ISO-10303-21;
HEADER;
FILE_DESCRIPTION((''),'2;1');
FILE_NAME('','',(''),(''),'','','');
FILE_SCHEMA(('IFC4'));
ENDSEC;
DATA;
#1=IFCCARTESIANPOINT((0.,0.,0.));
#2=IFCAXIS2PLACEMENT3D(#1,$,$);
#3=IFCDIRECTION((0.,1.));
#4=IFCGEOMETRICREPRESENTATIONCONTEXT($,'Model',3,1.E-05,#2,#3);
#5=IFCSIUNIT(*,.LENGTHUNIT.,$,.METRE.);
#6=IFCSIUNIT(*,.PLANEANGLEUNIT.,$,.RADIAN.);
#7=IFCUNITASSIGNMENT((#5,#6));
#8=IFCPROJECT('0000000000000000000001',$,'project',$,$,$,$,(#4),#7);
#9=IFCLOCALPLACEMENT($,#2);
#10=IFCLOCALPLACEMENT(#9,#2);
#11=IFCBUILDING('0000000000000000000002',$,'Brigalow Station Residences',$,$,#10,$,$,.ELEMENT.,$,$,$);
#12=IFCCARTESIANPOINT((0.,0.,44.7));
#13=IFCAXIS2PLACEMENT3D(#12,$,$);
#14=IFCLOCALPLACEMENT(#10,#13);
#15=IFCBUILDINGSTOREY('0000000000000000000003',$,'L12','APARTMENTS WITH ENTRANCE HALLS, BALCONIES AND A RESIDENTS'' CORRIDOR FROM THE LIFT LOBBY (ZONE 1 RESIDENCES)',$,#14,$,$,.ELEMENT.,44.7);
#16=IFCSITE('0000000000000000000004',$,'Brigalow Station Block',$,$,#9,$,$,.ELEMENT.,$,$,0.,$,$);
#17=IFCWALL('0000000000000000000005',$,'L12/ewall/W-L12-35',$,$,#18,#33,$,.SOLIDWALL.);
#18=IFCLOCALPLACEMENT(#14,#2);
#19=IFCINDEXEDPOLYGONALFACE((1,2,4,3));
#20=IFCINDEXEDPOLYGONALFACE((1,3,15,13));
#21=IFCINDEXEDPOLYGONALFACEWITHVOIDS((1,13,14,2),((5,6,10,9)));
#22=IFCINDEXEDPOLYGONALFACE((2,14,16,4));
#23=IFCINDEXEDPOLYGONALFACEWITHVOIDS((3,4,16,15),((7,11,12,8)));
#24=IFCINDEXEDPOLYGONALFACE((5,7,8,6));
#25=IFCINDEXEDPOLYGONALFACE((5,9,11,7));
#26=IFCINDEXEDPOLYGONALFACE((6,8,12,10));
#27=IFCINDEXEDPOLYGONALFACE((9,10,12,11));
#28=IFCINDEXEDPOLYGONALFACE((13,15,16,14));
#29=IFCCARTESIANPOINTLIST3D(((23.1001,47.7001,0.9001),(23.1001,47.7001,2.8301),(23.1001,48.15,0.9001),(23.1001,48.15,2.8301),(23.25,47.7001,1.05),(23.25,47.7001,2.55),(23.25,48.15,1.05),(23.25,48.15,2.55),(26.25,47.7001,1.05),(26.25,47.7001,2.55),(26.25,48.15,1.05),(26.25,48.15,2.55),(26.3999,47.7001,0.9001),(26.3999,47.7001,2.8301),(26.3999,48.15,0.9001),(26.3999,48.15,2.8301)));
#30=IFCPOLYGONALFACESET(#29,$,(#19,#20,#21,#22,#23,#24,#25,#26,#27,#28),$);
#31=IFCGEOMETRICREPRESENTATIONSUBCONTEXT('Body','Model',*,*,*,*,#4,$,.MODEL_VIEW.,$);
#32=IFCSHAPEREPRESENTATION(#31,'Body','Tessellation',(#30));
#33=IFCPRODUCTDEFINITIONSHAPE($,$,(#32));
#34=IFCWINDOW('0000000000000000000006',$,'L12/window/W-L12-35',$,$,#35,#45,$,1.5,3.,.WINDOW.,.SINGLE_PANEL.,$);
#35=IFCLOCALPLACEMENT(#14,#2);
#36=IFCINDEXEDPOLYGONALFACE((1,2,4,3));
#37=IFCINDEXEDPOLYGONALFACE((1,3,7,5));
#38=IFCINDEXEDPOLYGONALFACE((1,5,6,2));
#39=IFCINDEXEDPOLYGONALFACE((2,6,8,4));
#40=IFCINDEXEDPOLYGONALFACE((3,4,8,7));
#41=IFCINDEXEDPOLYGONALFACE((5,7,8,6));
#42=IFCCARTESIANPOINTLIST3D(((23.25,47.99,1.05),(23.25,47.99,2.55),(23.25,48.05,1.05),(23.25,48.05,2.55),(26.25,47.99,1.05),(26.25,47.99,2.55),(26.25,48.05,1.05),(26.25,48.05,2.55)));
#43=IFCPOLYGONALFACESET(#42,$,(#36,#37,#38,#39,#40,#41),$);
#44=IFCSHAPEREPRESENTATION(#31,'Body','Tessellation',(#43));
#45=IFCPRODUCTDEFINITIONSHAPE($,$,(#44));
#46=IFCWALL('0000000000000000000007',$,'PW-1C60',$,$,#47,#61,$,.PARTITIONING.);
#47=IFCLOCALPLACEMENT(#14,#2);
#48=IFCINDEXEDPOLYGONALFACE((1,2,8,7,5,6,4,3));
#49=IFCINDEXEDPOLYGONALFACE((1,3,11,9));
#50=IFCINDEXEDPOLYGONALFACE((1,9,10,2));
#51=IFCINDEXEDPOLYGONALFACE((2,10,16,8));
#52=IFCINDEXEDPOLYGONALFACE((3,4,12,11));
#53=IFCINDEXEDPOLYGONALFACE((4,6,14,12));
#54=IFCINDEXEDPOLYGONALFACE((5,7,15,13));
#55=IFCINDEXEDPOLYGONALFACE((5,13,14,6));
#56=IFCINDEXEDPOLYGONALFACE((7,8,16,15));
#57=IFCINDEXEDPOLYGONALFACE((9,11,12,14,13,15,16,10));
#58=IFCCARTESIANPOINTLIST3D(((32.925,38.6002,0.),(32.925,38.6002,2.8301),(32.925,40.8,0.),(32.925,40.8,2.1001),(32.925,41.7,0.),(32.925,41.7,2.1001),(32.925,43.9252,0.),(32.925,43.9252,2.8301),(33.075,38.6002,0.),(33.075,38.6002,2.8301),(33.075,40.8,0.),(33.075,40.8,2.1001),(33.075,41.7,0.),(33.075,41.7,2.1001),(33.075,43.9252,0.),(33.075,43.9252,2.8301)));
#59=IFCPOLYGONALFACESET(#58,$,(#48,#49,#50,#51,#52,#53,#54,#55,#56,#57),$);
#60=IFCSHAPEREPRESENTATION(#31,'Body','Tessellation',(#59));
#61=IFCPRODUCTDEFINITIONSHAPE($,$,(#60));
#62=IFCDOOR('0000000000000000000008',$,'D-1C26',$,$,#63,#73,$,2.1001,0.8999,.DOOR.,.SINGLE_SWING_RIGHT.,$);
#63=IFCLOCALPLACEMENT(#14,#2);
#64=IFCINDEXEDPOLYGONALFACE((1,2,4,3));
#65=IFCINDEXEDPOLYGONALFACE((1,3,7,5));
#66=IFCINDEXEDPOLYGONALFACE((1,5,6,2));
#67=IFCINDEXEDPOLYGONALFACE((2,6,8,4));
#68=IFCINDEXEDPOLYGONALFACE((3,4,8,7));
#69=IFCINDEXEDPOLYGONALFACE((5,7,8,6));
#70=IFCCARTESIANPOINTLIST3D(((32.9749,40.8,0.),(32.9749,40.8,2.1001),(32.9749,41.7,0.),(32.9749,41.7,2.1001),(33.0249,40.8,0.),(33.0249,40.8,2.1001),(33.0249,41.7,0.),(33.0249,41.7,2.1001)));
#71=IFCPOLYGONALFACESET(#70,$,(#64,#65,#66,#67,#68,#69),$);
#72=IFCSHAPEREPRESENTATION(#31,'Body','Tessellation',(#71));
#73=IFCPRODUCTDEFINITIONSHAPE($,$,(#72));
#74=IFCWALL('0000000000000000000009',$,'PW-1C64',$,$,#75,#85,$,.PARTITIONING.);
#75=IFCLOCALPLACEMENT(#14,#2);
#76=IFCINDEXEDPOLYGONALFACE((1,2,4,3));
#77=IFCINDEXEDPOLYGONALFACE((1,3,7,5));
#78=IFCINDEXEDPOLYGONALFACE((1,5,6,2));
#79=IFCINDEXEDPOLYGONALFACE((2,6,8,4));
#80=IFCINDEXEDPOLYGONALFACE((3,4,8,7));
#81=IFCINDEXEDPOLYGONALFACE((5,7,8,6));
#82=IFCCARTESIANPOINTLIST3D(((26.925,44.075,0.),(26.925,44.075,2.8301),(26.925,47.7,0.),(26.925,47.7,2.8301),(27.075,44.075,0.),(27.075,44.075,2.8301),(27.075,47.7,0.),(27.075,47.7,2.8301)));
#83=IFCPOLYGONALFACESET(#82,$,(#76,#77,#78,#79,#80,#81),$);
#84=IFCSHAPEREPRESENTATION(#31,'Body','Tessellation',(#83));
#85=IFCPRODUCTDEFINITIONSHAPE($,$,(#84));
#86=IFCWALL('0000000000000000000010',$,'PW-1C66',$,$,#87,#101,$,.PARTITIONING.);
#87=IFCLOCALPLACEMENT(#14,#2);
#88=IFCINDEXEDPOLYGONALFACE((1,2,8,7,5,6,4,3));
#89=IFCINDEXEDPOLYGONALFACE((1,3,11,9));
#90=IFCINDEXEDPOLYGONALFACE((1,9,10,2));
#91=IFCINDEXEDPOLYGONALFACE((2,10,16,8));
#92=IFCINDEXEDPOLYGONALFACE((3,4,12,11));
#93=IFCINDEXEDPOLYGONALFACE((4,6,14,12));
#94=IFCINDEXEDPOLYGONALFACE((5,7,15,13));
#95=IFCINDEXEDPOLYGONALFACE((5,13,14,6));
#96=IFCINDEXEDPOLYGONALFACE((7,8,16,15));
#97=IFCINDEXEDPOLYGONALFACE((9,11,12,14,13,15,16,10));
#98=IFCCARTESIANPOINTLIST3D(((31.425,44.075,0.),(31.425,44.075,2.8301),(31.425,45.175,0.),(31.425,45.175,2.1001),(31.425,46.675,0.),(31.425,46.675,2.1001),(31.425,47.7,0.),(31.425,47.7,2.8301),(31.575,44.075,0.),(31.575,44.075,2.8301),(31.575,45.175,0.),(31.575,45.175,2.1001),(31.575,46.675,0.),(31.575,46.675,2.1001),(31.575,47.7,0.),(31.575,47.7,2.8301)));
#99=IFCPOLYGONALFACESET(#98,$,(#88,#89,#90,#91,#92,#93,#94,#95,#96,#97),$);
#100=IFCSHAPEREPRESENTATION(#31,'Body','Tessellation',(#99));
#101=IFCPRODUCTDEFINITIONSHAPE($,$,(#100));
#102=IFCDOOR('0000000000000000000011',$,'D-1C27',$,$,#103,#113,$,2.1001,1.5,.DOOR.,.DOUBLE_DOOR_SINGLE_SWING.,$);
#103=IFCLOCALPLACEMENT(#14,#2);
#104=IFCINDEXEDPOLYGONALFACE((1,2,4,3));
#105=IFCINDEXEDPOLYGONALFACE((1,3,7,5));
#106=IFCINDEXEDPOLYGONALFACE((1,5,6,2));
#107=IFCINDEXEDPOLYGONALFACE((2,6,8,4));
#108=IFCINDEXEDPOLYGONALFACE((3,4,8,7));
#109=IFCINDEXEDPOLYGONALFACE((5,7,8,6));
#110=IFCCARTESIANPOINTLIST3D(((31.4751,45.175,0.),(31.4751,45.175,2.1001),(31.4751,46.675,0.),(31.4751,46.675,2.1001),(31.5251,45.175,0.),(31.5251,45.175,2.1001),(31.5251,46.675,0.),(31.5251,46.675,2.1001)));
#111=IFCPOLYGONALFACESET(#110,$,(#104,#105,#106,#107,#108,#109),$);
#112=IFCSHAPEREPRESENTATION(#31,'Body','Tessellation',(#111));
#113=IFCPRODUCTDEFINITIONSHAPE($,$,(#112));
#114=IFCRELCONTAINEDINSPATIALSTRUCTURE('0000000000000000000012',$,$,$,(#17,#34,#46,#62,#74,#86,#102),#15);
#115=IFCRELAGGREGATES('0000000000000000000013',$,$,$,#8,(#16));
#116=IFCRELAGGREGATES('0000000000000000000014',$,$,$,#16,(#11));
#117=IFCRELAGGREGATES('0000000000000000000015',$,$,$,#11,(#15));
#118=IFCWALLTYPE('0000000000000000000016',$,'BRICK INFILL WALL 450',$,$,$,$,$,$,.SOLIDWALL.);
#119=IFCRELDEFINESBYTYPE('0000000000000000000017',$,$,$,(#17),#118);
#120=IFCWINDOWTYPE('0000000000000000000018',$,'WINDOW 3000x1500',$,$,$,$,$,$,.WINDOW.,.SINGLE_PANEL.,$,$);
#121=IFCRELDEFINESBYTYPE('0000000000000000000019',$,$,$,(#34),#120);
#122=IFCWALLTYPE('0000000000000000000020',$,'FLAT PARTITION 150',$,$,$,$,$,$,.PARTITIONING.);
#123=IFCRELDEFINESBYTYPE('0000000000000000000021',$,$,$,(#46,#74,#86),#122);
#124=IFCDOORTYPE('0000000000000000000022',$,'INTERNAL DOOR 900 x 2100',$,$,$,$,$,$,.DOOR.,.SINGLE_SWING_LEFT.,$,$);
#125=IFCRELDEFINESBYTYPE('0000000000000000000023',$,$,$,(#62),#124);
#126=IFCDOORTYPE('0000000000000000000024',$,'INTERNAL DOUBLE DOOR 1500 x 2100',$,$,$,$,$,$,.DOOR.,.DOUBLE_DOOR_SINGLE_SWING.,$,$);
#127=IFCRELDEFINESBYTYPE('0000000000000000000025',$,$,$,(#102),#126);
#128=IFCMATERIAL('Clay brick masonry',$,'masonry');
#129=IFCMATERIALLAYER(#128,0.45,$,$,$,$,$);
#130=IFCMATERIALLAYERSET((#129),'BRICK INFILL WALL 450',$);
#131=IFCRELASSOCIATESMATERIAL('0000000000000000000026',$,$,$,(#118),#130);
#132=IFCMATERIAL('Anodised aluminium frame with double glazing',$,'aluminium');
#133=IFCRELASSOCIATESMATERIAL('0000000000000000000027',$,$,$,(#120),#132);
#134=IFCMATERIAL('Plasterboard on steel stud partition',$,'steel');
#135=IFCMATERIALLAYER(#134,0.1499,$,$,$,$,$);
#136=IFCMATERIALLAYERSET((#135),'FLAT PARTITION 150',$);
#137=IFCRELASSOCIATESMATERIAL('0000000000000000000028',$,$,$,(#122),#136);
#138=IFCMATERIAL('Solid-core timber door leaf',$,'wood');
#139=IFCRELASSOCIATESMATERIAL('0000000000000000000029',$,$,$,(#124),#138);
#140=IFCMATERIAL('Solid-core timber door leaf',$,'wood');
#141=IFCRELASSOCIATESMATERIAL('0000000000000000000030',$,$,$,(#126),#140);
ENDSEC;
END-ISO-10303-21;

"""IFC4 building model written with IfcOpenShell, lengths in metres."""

from ifc_helpers import new_model, si_unit, direction, frame, frame_2d, origin, place, context, subcontext, project, spatial, rectangle, extrude, material, layer, layer_set, type_object, element, fill, save


model = new_model("IFC4")

# Units and contexts
model_context = context("Model", 3, precision=1e-05, world=origin(), true_north=direction((0.0, 1.0)))
body_context = subcontext(model_context, "Body", "Model", "MODEL_VIEW")
ifc_project = project(units=[si_unit("LENGTHUNIT", "METRE"), si_unit("PLANEANGLEUNIT", "RADIAN")], contexts=[model_context])

# Site, building, storey
site_placement = place(None, origin())
site = spatial("IfcSite", under=ifc_project, at=site_placement, Name="Brigalow Station Block", CompositionType="ELEMENT", RefElevation=0.0)
building_placement = place(site_placement, origin())
building = spatial("IfcBuilding", under=site, at=building_placement, Name="Brigalow Station Residences", CompositionType="ELEMENT")
storey_placement = place(building_placement, frame((0.0, 0.0, 44.7)))
storey = spatial("IfcBuildingStorey", under=building, at=storey_placement, Name="L12", Description="APARTMENTS WITH ENTRANCE HALLS, BALCONIES AND A RESIDENTS' CORRIDOR FROM THE LIFT LOBBY (ZONE 1 RESIDENCES)", CompositionType="ELEMENT", Elevation=44.7)

# Shared definitions
ifc_material_1 = material(Name="Clay brick masonry", Category="masonry")
ifc_layer_1 = layer(ifc_material_1, 0.45)
ifc_layer_set_1 = layer_set([ifc_layer_1], Name="BRICK INFILL WALL 450")
wall_type_1 = type_object("IfcWallType", Name="BRICK INFILL WALL 450", PredefinedType="SOLIDWALL", material=ifc_layer_set_1)

# Wall, opening, window
wall_1_placement = place(storey_placement, frame((26.3999, 47.925, 0.9001), z_axis=(0.0, 0.0, 1.0), x_axis=(-1.0, 0.0, 0.0)))
wall_1 = element("IfcWall", 1, at=wall_1_placement, inside=storey, type_object=wall_type_1, Name="L12/ewall/W-L12-35", PredefinedType="SOLIDWALL", context=body_context, shape_type="SweptSolid", body=[
    extrude(rectangle(XDim=3.2998, YDim=0.45, at=frame_2d((1.6499, 0.0))), origin(), (0.0, 0.0, 1.0), 1.9299),
])
opening_1_placement = place(wall_1_placement, frame((0.1499, 0.0, 0.1499)))
opening_1 = element("IfcOpeningElement", 2, at=opening_1_placement, cuts=wall_1, PredefinedType="OPENING", context=body_context, shape_type="SweptSolid", body=[
    extrude(rectangle(XDim=3.0, YDim=1.5, at=frame_2d((1.5, 0.75))), frame((0.0, 0.2349, 0.0), z_axis=(0.0, -1.0, 0.0), x_axis=(1.0, 0.0, 0.0)), (0.0, 0.0, 1.0), 0.47),
])
ifc_material_2 = material(Name="Anodised aluminium frame with double glazing", Category="aluminium")
window_type = type_object("IfcWindowType", Name="WINDOW 3000x1500", PartitioningType="SINGLE_PANEL", PredefinedType="WINDOW", material=ifc_material_2)
window_placement = place(opening_1_placement, origin())
window = element("IfcWindow", 3, at=window_placement, inside=storey, type_object=window_type, Name="L12/window/W-L12-35", OverallHeight=1.5, OverallWidth=3.0, PartitioningType="SINGLE_PANEL", PredefinedType="WINDOW", context=body_context, shape_type="SweptSolid", body=[
    extrude(rectangle(XDim=3.0, YDim=1.5, at=frame_2d((1.5, 0.75))), frame((0.0, -0.0649, 0.0), z_axis=(0.0, -1.0, 0.0), x_axis=(1.0, 0.0, 0.0)), (0.0, 0.0, 1.0), 0.0601),
])
fill(opening_1, window)

# Wall, opening, door
ifc_material_3 = material(Name="Plasterboard on steel stud partition", Category="steel")
ifc_layer_2 = layer(ifc_material_3, 0.1499)
ifc_layer_set_2 = layer_set([ifc_layer_2], Name="FLAT PARTITION 150")
wall_type_2 = type_object("IfcWallType", Name="FLAT PARTITION 150", PredefinedType="PARTITIONING", material=ifc_layer_set_2)
wall_2_placement = place(storey_placement, frame((33.0, 38.6001, 0.0), z_axis=(0.0, 0.0, 1.0), x_axis=(0.0, 1.0, 0.0)))
wall_2 = element("IfcWall", 4, at=wall_2_placement, inside=storey, type_object=wall_type_2, Name="PW-1C60", PredefinedType="PARTITIONING", context=body_context, shape_type="SweptSolid", body=[
    extrude(rectangle(XDim=5.325, YDim=0.1499, at=frame_2d((2.6626, 0.0))), origin(), (0.0, 0.0, 1.0), 2.8301),
])
opening_2_placement = place(wall_2_placement, frame((2.2, 0.0, 0.0)))
opening_2 = element("IfcOpeningElement", 5, at=opening_2_placement, cuts=wall_2, PredefinedType="OPENING", context=body_context, shape_type="SweptSolid", body=[
    extrude(rectangle(XDim=0.8999, YDim=2.1001, at=frame_2d((0.45, 1.05))), frame((0.0, 0.085, 0.0), z_axis=(0.0, -1.0, 0.0), x_axis=(1.0, 0.0, 0.0)), (0.0, 0.0, 1.0), 0.1699),
])
ifc_material_4 = material(Name="Solid-core timber door leaf", Category="wood")
door_type_1 = type_object("IfcDoorType", Name="INTERNAL DOOR 900 x 2100", OperationType="SINGLE_SWING_LEFT", PredefinedType="DOOR", material=ifc_material_4)
door_1_placement = place(opening_2_placement, frame((0.8999, 0.0, 0.0), z_axis=(0.0, 0.0, 1.0), x_axis=(-1.0, 0.0, 0.0)))
door_1 = element("IfcDoor", 6, at=door_1_placement, inside=storey, type_object=door_type_1, Name="D-1C26", OperationType="SINGLE_SWING_RIGHT", OverallHeight=2.1001, OverallWidth=0.8999, PredefinedType="DOOR", context=body_context, shape_type="SweptSolid", body=[
    extrude(rectangle(XDim=0.8999, YDim=2.1001, at=frame_2d((0.45, 1.05))), frame((0.0, 0.0249, 0.0), z_axis=(0.0, -1.0, 0.0), x_axis=(1.0, 0.0, 0.0)), (0.0, 0.0, 1.0), 0.05),
])
fill(opening_2, door_1)

# Wall
wall_3_placement = place(storey_placement, frame((27.0, 44.075, 0.0), z_axis=(0.0, 0.0, 1.0), x_axis=(0.0, 1.0, 0.0)))
element("IfcWall", 7, at=wall_3_placement, inside=storey, type_object=wall_type_2, Name="PW-1C64", PredefinedType="PARTITIONING", context=body_context, shape_type="SweptSolid", body=[
    extrude(rectangle(XDim=3.625, YDim=0.1499, at=frame_2d((1.8125, 0.0))), origin(), (0.0, 0.0, 1.0), 2.8301),
])

# Wall, opening, door
wall_4_placement = place(storey_placement, frame((31.5, 44.075, 0.0), z_axis=(0.0, 0.0, 1.0), x_axis=(0.0, 1.0, 0.0)))
wall_4 = element("IfcWall", 8, at=wall_4_placement, inside=storey, type_object=wall_type_2, Name="PW-1C66", PredefinedType="PARTITIONING", context=body_context, shape_type="SweptSolid", body=[
    extrude(rectangle(XDim=3.625, YDim=0.1499, at=frame_2d((1.8125, 0.0))), origin(), (0.0, 0.0, 1.0), 2.8301),
])
opening_3_placement = place(wall_4_placement, frame((1.1001, 0.0, 0.0)))
opening_3 = element("IfcOpeningElement", 9, at=opening_3_placement, cuts=wall_4, PredefinedType="OPENING", context=body_context, shape_type="SweptSolid", body=[
    extrude(rectangle(XDim=1.5, YDim=2.1001, at=frame_2d((0.75, 1.05))), frame((0.0, 0.085, 0.0), z_axis=(0.0, -1.0, 0.0), x_axis=(1.0, 0.0, 0.0)), (0.0, 0.0, 1.0), 0.1699),
])
ifc_material_5 = material(Name="Solid-core timber door leaf", Category="wood")
door_type_2 = type_object("IfcDoorType", Name="INTERNAL DOUBLE DOOR 1500 x 2100", OperationType="DOUBLE_DOOR_SINGLE_SWING", PredefinedType="DOOR", material=ifc_material_5)
door_2_placement = place(opening_3_placement, origin())
door_2 = element("IfcDoor", 10, at=door_2_placement, inside=storey, type_object=door_type_2, Name="D-1C27", OperationType="DOUBLE_DOOR_SINGLE_SWING", OverallHeight=2.1001, OverallWidth=1.5, PredefinedType="DOOR", context=body_context, shape_type="SweptSolid", body=[
    extrude(rectangle(XDim=1.5, YDim=2.1001, at=frame_2d((0.75, 1.05))), frame((0.0, 0.0249, 0.0), z_axis=(0.0, -1.0, 0.0), x_axis=(1.0, 0.0, 0.0)), (0.0, 0.0, 1.0), 0.05),
])
fill(opening_3, door_2)

save(model, "model.ifc")
